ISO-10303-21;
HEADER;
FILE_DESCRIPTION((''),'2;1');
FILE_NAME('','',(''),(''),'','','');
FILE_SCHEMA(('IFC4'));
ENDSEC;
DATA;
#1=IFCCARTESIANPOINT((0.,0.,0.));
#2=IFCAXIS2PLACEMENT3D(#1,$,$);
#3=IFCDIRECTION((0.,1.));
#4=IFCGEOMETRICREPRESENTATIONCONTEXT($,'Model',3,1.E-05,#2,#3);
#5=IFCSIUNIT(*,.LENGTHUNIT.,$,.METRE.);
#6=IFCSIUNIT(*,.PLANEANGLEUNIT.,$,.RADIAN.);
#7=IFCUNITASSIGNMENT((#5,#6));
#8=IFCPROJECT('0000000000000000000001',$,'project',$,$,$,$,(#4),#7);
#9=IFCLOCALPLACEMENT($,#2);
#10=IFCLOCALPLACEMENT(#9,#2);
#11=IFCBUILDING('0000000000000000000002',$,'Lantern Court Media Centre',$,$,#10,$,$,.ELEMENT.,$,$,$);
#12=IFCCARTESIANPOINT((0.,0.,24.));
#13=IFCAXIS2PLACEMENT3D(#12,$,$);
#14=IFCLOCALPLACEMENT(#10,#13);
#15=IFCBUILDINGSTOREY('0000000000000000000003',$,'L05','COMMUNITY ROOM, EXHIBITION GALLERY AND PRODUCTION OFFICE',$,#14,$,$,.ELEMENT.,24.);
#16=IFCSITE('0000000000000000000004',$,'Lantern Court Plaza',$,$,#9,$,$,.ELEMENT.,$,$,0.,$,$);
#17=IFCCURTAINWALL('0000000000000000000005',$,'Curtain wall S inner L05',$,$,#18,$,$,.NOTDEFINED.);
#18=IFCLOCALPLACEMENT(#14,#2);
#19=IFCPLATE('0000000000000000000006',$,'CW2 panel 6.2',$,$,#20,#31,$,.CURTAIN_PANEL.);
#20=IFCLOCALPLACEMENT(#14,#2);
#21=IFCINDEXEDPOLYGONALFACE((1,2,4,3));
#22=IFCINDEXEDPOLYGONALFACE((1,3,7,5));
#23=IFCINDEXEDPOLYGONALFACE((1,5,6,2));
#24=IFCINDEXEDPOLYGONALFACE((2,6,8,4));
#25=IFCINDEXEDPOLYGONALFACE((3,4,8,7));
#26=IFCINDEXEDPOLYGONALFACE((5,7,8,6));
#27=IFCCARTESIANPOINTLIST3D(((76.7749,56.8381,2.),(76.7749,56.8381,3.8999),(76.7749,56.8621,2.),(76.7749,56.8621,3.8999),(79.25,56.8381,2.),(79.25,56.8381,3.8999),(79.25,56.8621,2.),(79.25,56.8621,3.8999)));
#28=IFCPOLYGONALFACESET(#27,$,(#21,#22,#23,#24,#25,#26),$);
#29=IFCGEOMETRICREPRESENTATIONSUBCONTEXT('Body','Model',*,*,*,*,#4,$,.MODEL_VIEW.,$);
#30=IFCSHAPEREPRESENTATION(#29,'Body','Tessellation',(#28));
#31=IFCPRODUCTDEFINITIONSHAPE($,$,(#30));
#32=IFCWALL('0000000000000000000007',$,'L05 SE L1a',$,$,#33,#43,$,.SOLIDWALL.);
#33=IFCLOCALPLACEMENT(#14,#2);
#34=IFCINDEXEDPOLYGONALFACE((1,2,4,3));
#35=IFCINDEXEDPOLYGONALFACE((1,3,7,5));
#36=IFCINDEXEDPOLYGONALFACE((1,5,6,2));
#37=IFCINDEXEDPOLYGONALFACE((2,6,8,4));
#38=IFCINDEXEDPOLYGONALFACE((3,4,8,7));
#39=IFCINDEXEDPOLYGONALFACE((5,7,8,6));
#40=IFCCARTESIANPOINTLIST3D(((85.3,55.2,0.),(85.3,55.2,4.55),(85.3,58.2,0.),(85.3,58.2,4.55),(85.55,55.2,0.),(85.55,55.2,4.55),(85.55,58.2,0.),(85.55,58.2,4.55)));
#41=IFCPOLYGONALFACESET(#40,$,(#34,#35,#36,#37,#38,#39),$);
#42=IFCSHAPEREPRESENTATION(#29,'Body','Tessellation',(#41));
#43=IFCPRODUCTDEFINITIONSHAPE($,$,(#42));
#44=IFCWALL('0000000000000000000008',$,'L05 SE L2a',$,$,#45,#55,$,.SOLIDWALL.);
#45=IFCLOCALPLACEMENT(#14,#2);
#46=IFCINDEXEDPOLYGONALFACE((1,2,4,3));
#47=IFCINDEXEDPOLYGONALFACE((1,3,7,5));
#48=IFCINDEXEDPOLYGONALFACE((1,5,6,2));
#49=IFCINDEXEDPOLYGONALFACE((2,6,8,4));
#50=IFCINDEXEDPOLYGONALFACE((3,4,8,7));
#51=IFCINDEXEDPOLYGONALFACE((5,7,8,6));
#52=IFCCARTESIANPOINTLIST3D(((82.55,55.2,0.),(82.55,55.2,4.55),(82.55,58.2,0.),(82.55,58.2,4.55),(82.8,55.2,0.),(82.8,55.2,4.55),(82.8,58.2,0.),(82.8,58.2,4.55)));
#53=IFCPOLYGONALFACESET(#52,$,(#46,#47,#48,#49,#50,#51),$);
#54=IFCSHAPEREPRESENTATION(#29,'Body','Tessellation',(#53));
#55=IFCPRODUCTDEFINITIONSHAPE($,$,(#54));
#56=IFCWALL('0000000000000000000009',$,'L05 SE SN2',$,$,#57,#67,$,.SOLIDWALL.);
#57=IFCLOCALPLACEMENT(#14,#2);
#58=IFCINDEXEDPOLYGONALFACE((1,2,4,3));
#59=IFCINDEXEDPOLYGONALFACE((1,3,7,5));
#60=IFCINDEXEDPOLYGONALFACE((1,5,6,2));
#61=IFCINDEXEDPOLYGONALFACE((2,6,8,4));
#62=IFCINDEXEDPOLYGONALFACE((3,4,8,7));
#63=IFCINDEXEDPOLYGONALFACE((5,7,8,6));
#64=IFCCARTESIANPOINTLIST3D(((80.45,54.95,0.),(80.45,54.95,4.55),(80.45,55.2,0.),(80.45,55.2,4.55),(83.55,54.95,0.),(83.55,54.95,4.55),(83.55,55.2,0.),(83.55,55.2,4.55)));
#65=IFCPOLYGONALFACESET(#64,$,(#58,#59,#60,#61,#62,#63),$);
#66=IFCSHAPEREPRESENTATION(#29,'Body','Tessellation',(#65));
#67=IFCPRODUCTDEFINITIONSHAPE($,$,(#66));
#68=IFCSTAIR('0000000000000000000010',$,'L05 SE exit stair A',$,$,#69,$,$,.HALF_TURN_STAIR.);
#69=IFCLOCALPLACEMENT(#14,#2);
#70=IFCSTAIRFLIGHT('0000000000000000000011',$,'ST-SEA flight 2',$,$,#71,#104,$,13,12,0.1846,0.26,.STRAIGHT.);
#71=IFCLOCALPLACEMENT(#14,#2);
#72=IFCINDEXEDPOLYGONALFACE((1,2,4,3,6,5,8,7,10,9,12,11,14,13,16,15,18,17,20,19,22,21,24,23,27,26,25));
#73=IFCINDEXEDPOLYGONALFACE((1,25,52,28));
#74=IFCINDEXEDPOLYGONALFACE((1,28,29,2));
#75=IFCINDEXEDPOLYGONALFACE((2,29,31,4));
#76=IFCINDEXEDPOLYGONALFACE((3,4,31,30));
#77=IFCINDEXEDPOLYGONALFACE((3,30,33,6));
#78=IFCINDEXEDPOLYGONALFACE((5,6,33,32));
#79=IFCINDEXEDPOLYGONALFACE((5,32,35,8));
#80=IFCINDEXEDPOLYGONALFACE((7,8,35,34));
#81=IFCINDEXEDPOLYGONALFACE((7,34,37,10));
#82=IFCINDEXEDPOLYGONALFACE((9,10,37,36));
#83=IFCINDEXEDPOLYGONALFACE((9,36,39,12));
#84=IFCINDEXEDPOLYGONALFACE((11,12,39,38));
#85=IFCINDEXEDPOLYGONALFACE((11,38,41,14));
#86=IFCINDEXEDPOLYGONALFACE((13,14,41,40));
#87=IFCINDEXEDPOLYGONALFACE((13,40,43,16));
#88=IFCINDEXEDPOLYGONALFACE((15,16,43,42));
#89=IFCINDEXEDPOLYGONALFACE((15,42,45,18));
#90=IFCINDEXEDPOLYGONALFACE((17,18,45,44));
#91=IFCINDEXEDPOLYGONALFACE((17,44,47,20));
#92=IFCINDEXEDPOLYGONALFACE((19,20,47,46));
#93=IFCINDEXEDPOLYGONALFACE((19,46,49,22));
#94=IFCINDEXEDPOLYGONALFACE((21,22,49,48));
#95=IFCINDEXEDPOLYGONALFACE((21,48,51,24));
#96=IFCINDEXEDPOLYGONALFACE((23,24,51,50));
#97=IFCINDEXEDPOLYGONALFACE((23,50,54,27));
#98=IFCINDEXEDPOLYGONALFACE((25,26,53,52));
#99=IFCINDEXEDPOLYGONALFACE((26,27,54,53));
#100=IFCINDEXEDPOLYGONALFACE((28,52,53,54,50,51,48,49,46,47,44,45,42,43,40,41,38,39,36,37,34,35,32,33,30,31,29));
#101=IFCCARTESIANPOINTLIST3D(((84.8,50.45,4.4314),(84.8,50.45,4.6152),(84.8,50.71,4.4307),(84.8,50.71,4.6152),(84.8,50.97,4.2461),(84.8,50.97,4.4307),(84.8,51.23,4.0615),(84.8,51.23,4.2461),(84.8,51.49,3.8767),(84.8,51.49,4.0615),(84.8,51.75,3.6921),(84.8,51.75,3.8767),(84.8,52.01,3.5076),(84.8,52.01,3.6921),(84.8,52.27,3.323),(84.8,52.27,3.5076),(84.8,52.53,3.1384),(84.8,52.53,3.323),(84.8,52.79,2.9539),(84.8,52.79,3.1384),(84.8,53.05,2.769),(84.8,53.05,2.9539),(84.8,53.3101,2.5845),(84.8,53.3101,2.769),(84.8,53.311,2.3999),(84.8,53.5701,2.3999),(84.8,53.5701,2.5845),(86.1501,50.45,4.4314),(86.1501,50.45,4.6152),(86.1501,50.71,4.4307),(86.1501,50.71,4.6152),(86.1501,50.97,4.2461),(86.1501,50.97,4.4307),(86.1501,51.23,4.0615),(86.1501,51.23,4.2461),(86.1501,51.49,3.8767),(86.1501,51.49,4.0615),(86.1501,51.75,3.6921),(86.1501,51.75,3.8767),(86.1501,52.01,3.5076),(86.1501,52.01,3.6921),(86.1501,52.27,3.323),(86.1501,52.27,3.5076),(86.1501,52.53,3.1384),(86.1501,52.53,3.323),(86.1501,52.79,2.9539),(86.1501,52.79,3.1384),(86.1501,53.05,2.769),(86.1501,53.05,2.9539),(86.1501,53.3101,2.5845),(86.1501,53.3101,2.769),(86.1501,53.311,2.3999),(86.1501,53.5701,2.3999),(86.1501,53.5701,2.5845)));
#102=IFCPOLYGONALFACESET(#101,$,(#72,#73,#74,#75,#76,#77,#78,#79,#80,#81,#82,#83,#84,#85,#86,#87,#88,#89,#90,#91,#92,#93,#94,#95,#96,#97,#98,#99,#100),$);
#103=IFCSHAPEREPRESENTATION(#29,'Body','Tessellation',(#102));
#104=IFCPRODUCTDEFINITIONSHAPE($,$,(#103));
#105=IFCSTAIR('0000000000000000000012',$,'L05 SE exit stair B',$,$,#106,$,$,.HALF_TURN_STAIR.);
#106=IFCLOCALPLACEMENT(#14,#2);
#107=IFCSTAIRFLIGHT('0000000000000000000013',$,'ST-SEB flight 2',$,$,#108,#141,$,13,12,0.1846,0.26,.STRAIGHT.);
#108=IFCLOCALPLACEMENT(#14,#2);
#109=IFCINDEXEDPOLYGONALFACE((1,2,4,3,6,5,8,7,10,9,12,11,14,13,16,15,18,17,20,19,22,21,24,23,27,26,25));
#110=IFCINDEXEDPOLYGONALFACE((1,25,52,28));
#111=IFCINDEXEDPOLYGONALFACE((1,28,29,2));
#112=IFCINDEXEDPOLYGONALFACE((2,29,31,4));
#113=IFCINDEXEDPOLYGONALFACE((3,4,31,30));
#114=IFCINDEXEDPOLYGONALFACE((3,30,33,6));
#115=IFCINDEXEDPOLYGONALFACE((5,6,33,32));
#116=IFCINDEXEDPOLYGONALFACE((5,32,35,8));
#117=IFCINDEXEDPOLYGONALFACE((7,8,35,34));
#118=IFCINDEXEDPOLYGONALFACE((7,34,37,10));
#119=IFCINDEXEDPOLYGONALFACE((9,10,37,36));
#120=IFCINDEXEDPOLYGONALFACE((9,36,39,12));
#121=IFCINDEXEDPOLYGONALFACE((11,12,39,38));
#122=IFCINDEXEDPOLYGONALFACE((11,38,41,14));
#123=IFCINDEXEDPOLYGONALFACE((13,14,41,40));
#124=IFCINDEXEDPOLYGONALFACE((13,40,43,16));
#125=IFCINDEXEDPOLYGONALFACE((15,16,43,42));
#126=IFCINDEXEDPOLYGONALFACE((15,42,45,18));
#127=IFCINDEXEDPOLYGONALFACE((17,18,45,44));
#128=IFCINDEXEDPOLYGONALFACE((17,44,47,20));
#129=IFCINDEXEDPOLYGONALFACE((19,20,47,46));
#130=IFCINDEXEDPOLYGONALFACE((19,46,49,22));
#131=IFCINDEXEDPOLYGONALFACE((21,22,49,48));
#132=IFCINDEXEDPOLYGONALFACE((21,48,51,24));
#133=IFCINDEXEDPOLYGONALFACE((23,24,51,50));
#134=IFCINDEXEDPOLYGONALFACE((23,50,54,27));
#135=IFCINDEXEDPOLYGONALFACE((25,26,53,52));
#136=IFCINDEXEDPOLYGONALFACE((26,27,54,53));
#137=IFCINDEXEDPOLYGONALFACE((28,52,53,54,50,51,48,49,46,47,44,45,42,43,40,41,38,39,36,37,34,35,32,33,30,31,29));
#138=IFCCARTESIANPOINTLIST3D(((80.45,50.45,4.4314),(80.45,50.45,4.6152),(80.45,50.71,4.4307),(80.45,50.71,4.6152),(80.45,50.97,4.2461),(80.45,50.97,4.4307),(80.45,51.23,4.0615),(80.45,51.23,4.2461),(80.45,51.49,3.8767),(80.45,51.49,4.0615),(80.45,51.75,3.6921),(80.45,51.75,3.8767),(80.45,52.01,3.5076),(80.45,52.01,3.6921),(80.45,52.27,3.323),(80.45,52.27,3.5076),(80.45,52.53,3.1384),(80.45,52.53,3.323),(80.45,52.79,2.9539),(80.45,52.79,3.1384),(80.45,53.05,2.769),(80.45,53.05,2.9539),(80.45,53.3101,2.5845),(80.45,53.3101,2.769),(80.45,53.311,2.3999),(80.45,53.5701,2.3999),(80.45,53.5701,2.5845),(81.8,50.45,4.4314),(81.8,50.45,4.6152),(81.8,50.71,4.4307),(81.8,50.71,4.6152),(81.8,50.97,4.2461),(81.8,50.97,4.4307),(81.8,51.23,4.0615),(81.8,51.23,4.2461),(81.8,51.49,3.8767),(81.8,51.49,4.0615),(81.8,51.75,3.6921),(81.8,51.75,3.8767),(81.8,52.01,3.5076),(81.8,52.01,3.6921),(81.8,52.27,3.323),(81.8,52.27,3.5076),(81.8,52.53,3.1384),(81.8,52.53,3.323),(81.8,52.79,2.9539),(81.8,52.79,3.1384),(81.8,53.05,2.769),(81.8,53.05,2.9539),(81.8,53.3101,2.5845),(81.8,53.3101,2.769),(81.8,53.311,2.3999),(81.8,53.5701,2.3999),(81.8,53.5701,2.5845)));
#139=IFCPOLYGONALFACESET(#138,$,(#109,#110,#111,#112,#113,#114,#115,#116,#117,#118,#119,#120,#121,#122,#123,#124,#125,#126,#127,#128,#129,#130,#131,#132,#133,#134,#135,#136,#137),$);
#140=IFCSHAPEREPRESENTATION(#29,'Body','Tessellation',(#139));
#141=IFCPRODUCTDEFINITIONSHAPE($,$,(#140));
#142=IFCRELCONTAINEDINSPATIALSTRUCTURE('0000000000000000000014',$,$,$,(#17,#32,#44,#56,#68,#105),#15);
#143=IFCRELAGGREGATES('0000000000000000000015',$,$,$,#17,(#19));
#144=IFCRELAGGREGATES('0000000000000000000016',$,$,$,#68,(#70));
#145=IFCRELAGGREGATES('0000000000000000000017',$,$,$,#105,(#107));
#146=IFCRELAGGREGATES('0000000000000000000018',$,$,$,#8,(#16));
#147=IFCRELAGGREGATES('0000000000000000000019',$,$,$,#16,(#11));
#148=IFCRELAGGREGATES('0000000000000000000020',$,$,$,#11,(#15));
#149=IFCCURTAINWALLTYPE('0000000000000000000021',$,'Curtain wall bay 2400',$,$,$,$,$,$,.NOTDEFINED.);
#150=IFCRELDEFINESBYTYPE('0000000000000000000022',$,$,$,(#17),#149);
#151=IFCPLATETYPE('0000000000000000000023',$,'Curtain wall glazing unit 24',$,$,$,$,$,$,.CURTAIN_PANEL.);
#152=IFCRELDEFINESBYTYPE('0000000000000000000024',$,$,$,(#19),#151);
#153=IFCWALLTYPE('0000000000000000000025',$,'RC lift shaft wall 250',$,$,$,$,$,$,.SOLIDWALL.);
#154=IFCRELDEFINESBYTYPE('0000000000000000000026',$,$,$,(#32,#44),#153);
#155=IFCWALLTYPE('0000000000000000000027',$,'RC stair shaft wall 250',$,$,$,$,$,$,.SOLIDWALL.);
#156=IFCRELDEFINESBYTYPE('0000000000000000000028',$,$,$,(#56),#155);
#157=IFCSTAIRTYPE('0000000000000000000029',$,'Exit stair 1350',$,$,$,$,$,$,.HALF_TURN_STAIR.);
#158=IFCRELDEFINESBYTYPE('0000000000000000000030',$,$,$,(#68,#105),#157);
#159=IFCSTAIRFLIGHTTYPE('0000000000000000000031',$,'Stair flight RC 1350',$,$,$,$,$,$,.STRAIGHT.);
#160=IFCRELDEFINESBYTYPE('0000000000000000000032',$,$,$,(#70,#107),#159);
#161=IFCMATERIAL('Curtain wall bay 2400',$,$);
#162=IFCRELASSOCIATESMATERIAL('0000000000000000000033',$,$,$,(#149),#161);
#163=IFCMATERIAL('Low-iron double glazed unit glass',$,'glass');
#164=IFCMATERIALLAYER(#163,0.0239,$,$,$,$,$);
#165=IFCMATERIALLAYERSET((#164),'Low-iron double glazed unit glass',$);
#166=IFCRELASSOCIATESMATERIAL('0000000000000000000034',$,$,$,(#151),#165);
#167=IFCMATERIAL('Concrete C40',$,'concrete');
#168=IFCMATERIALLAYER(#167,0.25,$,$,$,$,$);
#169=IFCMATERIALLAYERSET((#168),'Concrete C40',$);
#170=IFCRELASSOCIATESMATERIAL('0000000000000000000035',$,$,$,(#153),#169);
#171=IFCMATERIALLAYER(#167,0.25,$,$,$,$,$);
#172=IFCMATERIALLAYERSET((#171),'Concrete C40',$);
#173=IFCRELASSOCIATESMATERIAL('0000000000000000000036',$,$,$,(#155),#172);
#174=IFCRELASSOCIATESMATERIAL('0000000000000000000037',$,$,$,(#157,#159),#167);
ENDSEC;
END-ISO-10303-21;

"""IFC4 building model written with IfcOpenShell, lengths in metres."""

from ifc_helpers import new_model, si_unit, direction, frame, frame_2d, origin, origin_2d, place, context, subcontext, project, spatial, polyline, rectangle, outline, extrude, material, layer, layer_set, type_object, element, aggregate, save


model = new_model("IFC4")

# Units and contexts
model_context = context("Model", 3, precision=1e-05, world=origin(), true_north=direction((0.0, 1.0)))
body_context = subcontext(model_context, "Body", "Model", "MODEL_VIEW")
ifc_project = project(units=[si_unit("LENGTHUNIT", "METRE"), si_unit("PLANEANGLEUNIT", "RADIAN")], contexts=[model_context])

# Site, building, storey
site_placement = place(None, origin())
site = spatial("IfcSite", under=ifc_project, at=site_placement, Name="Lantern Court Plaza", CompositionType="ELEMENT", RefElevation=0.0)
building_placement = place(site_placement, origin())
building = spatial("IfcBuilding", under=site, at=building_placement, Name="Lantern Court Media Centre", CompositionType="ELEMENT")
storey_placement = place(building_placement, frame((0.0, 0.0, 24.0)))
storey = spatial("IfcBuildingStorey", under=building, at=storey_placement, Name="L05", Description="COMMUNITY ROOM, EXHIBITION GALLERY AND PRODUCTION OFFICE", CompositionType="ELEMENT", Elevation=24.0)

# Curtain wall
ifc_material_1 = material(Name="Curtain wall bay 2400")
curtain_wall_type = type_object("IfcCurtainWallType", Name="Curtain wall bay 2400", PredefinedType="NOTDEFINED", material=ifc_material_1)
curtain_wall_placement = place(storey_placement, origin())
curtain_wall = element("IfcCurtainWall", 1, at=curtain_wall_placement, inside=storey, type_object=curtain_wall_type, Name="Curtain wall S inner L05", PredefinedType="NOTDEFINED")

# Plate
ifc_material_2 = material(Name="Low-iron double glazed unit glass", Category="glass")
ifc_layer_1 = layer(ifc_material_2, 0.0239)
ifc_layer_set_1 = layer_set([ifc_layer_1], Name="Low-iron double glazed unit glass")
plate_type = type_object("IfcPlateType", Name="Curtain wall glazing unit 24", PredefinedType="CURTAIN_PANEL", material=ifc_layer_set_1)
plate_1_placement = place(storey_placement, frame((78.0125, 56.8501, 2.0), z_axis=(0.0, 0.0, 1.0), x_axis=(1.0, 0.0, 0.0)))
plate_1 = element("IfcPlate", 2, at=plate_1_placement, type_object=plate_type, Name="CW2 panel 6.2", PredefinedType="CURTAIN_PANEL", context=body_context, shape_type="SweptSolid", body=[
    extrude(rectangle(XDim=2.4751, YDim=0.0239, at=origin_2d()), origin(), (0.0, 0.0, 1.0), 1.8999),
])
aggregate(curtain_wall, [plate_1])

# Walls
ifc_material_3 = material(Name="Concrete C40", Category="concrete")
ifc_layer_2 = layer(ifc_material_3, 0.25)
ifc_layer_set_2 = layer_set([ifc_layer_2], Name="Concrete C40")
wall_type_1 = type_object("IfcWallType", Name="RC lift shaft wall 250", PredefinedType="SOLIDWALL", material=ifc_layer_set_2)
for number, where, z_axis, x_axis, name in (
    (3, (85.425, 55.2, 0.0), (0.0, 0.0, 1.0), (0.0, 1.0, 0.0), "L05 SE L1a"),
    (4, (82.675, 55.2, 0.0), (0.0, 0.0, 1.0), (0.0, 1.0, 0.0), "L05 SE L2a"),
):
    element("IfcWall", number, at=place(storey_placement, frame(where, z_axis=z_axis, x_axis=x_axis)), inside=storey, type_object=wall_type_1, Name=name, PredefinedType="SOLIDWALL", context=body_context, shape_type="SweptSolid", body=[
        extrude(rectangle(XDim=3.0, YDim=0.25, at=frame_2d((1.5, 0.0))), origin(), (0.0, 0.0, 1.0), 4.55),
    ])
ifc_layer_3 = layer(ifc_material_3, 0.25)
ifc_layer_set_3 = layer_set([ifc_layer_3], Name="Concrete C40")
wall_type_2 = type_object("IfcWallType", Name="RC stair shaft wall 250", PredefinedType="SOLIDWALL", material=ifc_layer_set_3)
wall_placement = place(storey_placement, frame((83.55, 55.075, 0.0), z_axis=(0.0, 0.0, 1.0), x_axis=(-1.0, 0.0, 0.0)))
element("IfcWall", 5, at=wall_placement, inside=storey, type_object=wall_type_2, Name="L05 SE SN2", PredefinedType="SOLIDWALL", context=body_context, shape_type="SweptSolid", body=[
    extrude(rectangle(XDim=3.1001, YDim=0.25, at=frame_2d((1.55, 0.0))), origin(), (0.0, 0.0, 1.0), 4.55),
])

# Stairs, stair flights
stair_type = type_object("IfcStairType", Name="Exit stair 1350", PredefinedType="HALF_TURN_STAIR", material=ifc_material_3)
stair_1_placement = place(storey_placement, origin())
stair_1 = element("IfcStair", 6, at=stair_1_placement, inside=storey, type_object=stair_type, Name="L05 SE exit stair A", PredefinedType="HALF_TURN_STAIR")
stair_flight_type = type_object("IfcStairFlightType", Name="Stair flight RC 1350", PredefinedType="STRAIGHT", material=ifc_material_3)
stair_flight_1_placement = place(storey_placement, frame((85.4751, 53.5701, 2.3999), z_axis=(0.0, 0.0, 1.0), x_axis=(0.0, -1.0, 0.0)))
stair_flight_1 = element("IfcStairFlight", 7, at=stair_flight_1_placement, type_object=stair_flight_type, Name="ST-SEA flight 2", NumberOfRisers=13, NumberOfTreads=12, PredefinedType="STRAIGHT", RiserHeight=0.1846, TreadLength=0.26, context=body_context, shape_type="SweptSolid", body=[
    extrude(outline(polyline([(0.0, 0.0), (0.0, 0.1846), (0.26, 0.1846), (0.26, 0.3691), (0.52, 0.3691), (0.52, 0.554), (0.78, 0.554), (0.78, 0.7385), (1.04, 0.7385), (1.04, 0.9231), (1.3, 0.9231), (1.3, 1.1077), (1.5601, 1.1077), (1.5601, 1.2922), (1.8201, 1.2922), (1.8201, 1.4768), (2.0801, 1.4768), (2.0801, 1.6616), (2.3401, 1.6616), (2.3401, 1.8462), (2.6001, 1.8462), (2.6001, 2.0308), (2.8601, 2.0308), (2.8601, 2.2153), (3.1201, 2.2153), (3.1201, 2.3999), (3.1201, 2.0315), (0.259, 0.0), (0.0, 0.0)])), frame((0.0, 0.675, 0.0), z_axis=(0.0, -1.0, 0.0), x_axis=(1.0, 0.0, 0.0)), (0.0, 0.0, 1.0), 1.3501),
])
aggregate(stair_1, [stair_flight_1])
stair_2_placement = place(storey_placement, origin())
stair_2 = element("IfcStair", 8, at=stair_2_placement, inside=storey, type_object=stair_type, Name="L05 SE exit stair B", PredefinedType="HALF_TURN_STAIR")
stair_flight_2_placement = place(storey_placement, frame((81.125, 53.5701, 2.3999), z_axis=(0.0, 0.0, 1.0), x_axis=(0.0, -1.0, 0.0)))
stair_flight_2 = element("IfcStairFlight", 9, at=stair_flight_2_placement, type_object=stair_flight_type, Name="ST-SEB flight 2", NumberOfRisers=13, NumberOfTreads=12, PredefinedType="STRAIGHT", RiserHeight=0.1846, TreadLength=0.26, context=body_context, shape_type="SweptSolid", body=[
    extrude(outline(polyline([(0.0, 0.0), (0.0, 0.1846), (0.26, 0.1846), (0.26, 0.3691), (0.52, 0.3691), (0.52, 0.554), (0.78, 0.554), (0.78, 0.7385), (1.04, 0.7385), (1.04, 0.9231), (1.3, 0.9231), (1.3, 1.1077), (1.5601, 1.1077), (1.5601, 1.2922), (1.8201, 1.2922), (1.8201, 1.4768), (2.0801, 1.4768), (2.0801, 1.6616), (2.3401, 1.6616), (2.3401, 1.8462), (2.6001, 1.8462), (2.6001, 2.0308), (2.8601, 2.0308), (2.8601, 2.2153), (3.1201, 2.2153), (3.1201, 2.3999), (3.1201, 2.0315), (0.259, 0.0), (0.0, 0.0)])), frame((0.0, 0.675, 0.0), z_axis=(0.0, -1.0, 0.0), x_axis=(1.0, 0.0, 0.0)), (0.0, 0.0, 1.0), 1.3501),
])
aggregate(stair_2, [stair_flight_2])

save(model, "model.ifc")
